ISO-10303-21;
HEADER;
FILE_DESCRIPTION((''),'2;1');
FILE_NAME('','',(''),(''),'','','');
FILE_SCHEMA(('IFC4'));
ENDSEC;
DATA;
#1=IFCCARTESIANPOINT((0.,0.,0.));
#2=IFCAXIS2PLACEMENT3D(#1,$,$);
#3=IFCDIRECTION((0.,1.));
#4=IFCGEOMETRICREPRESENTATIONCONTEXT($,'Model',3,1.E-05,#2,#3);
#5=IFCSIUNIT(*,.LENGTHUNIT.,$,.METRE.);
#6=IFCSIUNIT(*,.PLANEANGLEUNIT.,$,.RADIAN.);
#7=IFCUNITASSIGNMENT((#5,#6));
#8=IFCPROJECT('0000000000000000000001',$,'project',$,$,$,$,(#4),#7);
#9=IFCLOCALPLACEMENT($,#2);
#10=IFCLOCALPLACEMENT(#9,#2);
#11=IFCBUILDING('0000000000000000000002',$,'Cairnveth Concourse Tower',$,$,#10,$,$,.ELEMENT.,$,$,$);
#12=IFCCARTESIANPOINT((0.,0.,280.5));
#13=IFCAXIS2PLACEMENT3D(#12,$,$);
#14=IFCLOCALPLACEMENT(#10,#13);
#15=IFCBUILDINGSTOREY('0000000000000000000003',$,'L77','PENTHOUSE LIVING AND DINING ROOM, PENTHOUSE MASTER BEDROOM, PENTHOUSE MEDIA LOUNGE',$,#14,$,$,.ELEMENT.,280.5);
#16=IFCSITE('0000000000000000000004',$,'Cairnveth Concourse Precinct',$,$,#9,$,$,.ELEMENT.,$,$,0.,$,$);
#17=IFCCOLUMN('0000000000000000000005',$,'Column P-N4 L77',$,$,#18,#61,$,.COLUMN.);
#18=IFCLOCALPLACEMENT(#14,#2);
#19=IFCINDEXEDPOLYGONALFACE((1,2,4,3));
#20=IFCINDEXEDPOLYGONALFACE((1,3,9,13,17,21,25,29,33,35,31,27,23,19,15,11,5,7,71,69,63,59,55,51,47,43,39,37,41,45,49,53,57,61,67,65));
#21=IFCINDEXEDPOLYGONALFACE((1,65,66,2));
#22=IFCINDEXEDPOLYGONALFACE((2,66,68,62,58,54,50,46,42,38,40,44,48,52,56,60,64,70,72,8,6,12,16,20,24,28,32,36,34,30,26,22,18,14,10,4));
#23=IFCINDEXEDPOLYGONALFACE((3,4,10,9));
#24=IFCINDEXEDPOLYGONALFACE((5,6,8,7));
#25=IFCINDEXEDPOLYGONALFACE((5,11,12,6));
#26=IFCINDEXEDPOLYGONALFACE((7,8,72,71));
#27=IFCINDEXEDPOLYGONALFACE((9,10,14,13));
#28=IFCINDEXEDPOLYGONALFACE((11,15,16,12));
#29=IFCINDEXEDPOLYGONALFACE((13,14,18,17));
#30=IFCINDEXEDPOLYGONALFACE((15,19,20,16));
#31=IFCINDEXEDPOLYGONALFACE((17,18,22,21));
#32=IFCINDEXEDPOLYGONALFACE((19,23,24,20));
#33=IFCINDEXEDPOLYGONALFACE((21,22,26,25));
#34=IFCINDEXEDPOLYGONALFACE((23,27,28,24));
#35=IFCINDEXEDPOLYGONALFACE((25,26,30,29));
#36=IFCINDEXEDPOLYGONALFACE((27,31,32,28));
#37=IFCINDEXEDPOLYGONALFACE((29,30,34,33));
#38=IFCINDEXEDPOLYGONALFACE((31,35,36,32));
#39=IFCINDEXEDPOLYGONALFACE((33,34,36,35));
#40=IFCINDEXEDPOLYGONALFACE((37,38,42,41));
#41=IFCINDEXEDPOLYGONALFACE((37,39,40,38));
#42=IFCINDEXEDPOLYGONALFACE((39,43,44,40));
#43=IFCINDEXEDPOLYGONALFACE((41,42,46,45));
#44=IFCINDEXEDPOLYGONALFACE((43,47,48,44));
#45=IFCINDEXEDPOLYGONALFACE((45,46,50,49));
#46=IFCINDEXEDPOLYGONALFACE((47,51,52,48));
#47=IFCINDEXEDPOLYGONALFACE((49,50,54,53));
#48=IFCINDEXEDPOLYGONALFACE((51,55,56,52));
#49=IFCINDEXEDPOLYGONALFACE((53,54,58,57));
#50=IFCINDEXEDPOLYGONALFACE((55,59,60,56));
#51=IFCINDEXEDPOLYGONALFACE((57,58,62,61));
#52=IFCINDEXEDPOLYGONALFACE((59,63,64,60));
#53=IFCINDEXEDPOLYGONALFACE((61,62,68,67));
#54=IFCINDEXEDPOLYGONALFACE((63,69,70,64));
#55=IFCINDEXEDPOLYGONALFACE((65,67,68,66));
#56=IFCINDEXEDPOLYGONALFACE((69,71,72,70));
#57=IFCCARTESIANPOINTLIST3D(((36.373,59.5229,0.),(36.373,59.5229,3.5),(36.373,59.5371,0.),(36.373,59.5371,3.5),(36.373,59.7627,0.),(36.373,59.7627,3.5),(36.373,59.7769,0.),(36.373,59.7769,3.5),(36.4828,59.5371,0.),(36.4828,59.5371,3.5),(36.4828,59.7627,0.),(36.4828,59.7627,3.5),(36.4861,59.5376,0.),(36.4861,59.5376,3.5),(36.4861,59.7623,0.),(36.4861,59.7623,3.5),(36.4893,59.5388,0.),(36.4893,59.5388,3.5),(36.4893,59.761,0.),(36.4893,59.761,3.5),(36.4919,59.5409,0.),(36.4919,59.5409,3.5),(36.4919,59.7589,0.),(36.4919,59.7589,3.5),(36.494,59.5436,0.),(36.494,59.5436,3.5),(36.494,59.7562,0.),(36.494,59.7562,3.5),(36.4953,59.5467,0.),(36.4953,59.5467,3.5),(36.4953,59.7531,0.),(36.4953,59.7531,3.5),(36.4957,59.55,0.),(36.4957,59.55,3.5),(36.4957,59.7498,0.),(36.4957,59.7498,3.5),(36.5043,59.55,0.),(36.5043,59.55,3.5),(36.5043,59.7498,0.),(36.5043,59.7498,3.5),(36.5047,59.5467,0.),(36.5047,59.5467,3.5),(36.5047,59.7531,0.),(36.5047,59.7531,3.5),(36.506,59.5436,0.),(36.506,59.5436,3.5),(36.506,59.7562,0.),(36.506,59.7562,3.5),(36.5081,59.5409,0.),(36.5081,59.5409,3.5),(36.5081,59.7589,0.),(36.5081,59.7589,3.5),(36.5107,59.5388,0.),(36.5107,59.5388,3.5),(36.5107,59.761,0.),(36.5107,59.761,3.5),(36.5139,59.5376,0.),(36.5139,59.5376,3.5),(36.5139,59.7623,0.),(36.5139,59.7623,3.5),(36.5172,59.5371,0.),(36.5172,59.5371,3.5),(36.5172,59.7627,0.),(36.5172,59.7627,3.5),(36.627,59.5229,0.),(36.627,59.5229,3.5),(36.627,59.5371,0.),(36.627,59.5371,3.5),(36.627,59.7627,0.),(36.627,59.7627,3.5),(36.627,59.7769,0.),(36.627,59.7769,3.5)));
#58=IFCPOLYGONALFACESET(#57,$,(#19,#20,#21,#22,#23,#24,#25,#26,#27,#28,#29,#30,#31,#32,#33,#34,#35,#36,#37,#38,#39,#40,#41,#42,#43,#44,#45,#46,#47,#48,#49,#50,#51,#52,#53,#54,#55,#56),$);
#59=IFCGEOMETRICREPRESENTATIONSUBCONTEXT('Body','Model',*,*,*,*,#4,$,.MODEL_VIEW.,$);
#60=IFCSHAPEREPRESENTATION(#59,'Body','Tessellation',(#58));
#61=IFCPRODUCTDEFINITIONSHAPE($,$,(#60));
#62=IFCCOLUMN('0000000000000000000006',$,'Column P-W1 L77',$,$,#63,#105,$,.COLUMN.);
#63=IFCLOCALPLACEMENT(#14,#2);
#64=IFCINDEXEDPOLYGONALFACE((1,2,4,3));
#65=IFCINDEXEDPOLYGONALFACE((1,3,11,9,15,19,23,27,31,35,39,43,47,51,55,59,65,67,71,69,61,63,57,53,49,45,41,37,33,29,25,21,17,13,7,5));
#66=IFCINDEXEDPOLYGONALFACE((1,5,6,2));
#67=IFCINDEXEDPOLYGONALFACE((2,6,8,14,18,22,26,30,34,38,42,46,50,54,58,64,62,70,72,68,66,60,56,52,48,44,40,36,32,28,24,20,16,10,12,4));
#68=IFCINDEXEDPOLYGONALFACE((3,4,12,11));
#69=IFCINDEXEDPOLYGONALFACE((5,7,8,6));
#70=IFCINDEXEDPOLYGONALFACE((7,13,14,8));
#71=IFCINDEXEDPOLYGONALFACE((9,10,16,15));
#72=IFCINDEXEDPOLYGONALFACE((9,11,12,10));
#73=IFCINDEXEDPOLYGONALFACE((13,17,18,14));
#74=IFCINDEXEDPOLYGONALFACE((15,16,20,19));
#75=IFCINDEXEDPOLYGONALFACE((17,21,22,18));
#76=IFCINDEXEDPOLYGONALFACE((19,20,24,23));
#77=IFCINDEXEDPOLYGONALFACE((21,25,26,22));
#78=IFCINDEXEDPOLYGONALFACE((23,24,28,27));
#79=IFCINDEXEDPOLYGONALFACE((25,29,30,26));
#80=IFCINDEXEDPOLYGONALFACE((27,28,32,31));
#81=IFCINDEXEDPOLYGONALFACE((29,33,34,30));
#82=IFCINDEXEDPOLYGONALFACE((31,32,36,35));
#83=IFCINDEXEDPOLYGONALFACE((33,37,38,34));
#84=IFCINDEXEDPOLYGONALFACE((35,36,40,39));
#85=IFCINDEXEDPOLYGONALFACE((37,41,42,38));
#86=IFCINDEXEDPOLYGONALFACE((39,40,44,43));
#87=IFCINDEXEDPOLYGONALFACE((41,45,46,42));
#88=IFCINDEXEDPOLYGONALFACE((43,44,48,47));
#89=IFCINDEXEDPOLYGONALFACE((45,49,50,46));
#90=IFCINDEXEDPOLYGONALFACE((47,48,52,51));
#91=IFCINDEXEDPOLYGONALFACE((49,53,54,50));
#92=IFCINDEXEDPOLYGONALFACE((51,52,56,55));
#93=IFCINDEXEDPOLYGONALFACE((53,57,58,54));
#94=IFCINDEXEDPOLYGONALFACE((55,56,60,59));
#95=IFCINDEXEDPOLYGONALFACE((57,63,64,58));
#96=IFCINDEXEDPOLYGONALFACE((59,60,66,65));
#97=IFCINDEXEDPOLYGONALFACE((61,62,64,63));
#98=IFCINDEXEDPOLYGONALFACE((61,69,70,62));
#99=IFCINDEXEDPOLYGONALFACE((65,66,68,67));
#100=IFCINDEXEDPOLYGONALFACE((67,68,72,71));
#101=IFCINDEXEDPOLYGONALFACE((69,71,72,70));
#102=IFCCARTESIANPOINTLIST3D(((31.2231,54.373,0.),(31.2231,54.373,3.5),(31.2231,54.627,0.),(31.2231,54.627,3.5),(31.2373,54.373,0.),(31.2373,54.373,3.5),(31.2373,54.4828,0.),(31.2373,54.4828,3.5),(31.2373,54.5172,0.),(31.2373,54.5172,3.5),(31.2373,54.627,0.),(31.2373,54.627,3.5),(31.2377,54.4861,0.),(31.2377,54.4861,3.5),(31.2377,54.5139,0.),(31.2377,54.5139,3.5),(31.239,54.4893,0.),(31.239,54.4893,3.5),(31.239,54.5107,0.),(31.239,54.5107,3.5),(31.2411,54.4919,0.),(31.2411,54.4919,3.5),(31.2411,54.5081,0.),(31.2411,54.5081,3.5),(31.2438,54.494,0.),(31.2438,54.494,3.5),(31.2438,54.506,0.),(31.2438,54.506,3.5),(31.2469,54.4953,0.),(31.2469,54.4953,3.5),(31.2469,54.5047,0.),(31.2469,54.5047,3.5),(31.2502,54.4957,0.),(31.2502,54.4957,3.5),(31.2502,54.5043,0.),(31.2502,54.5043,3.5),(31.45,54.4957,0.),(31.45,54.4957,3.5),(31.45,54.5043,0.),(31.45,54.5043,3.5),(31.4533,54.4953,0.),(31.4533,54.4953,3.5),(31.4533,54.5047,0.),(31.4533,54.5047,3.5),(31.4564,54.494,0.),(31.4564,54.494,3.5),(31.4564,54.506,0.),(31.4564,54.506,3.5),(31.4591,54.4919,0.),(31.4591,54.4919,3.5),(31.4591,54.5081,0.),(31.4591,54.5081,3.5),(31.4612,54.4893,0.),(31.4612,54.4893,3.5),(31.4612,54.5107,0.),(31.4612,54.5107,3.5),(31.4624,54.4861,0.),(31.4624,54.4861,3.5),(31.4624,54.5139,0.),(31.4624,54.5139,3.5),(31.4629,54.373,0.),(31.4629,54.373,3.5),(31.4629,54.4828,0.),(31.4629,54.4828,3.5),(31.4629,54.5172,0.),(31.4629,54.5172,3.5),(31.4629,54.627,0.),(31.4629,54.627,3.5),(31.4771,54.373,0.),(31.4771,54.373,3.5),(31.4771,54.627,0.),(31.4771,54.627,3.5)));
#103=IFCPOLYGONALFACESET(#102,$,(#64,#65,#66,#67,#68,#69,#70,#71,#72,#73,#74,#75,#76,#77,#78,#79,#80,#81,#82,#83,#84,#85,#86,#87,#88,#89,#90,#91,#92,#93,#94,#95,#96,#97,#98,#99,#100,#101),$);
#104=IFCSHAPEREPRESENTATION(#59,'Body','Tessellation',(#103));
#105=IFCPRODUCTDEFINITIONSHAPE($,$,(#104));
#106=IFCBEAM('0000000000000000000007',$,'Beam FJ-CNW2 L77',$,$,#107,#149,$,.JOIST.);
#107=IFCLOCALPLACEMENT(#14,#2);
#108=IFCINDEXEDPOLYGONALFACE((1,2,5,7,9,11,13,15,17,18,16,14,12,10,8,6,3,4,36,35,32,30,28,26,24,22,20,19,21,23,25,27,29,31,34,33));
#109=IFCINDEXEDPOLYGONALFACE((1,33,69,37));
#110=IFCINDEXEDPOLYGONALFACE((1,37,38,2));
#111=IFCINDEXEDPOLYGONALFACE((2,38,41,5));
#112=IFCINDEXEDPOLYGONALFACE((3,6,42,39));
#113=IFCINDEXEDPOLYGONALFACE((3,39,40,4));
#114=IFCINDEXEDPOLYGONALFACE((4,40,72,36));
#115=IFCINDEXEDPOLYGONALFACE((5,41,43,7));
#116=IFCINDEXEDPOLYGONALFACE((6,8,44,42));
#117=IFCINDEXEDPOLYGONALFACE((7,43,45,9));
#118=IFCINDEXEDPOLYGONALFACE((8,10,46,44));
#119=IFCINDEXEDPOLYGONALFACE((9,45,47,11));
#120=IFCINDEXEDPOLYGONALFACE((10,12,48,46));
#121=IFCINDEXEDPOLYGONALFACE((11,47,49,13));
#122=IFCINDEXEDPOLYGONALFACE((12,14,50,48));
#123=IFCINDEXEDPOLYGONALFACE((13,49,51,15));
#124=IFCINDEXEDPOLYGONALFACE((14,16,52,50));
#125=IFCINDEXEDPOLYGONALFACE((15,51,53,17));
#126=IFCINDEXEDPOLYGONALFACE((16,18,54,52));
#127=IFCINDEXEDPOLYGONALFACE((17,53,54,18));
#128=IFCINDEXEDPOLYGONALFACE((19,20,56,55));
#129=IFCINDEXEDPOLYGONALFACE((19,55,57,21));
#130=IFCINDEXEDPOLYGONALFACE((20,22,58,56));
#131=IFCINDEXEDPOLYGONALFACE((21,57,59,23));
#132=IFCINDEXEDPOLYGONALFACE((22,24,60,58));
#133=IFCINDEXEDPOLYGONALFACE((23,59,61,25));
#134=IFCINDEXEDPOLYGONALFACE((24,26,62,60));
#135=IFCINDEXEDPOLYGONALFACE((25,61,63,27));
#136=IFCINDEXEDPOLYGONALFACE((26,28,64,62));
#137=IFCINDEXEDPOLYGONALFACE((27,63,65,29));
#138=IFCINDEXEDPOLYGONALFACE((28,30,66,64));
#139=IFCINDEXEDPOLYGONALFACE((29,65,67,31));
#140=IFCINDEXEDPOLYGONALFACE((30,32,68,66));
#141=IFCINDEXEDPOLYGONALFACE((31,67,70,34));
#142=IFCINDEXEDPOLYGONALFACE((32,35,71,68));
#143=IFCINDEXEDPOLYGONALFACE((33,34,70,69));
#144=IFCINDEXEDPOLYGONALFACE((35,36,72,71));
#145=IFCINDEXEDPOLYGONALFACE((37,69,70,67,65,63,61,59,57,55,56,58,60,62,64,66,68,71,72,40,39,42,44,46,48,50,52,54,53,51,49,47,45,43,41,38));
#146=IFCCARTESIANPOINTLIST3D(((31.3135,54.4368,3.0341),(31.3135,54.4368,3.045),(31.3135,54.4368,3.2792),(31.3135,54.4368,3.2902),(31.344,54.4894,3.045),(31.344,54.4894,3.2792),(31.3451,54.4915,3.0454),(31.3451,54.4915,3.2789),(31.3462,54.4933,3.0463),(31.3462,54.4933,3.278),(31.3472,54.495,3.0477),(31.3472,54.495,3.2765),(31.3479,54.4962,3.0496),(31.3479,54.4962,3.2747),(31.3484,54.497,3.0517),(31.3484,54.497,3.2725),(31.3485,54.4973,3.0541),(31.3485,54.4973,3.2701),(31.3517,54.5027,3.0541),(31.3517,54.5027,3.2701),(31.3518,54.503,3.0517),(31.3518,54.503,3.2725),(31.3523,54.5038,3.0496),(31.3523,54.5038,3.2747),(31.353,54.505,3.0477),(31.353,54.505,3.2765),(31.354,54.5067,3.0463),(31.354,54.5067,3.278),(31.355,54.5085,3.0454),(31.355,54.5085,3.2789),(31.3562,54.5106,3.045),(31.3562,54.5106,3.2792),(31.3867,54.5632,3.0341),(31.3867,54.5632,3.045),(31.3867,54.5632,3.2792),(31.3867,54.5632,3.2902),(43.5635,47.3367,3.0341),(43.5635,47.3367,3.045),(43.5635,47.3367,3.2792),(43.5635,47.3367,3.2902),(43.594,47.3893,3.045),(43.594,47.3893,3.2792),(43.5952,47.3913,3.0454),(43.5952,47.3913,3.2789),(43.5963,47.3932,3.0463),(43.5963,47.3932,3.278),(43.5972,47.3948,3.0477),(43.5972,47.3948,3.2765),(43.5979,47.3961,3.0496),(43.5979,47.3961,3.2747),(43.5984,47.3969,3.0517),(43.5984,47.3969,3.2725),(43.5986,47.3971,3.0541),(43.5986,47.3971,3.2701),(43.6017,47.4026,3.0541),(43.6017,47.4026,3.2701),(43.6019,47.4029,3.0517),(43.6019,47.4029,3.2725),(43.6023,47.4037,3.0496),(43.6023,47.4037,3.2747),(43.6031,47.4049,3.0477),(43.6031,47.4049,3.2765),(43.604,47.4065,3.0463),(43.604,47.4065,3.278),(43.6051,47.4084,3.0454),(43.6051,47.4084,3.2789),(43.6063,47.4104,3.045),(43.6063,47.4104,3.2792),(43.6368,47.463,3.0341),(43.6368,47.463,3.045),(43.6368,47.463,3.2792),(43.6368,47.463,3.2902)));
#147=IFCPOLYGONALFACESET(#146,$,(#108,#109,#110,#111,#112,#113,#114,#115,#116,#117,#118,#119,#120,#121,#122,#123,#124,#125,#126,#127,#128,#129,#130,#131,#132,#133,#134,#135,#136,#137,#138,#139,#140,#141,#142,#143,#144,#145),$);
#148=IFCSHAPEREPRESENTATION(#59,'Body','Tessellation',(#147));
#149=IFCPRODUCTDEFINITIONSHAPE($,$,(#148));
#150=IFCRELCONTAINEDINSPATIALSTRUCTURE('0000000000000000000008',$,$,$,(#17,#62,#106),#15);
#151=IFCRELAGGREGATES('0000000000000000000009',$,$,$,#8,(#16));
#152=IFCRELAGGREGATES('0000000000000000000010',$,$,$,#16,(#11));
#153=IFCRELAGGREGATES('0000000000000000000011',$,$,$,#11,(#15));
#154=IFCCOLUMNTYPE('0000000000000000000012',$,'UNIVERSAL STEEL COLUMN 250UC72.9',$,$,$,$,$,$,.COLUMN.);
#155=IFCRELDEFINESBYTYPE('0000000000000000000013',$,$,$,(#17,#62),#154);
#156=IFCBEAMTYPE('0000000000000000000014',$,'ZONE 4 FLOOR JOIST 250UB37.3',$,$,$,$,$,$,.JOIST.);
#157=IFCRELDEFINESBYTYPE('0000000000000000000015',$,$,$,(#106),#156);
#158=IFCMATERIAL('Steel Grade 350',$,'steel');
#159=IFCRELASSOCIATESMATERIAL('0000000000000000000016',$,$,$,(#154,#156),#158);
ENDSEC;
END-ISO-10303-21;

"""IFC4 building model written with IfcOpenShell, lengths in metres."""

from ifc_helpers import new_model, si_unit, direction, frame, origin, origin_2d, place, context, subcontext, project, spatial, i_section, extrude, material, material_profile, profile_set, type_object, element, save


model = new_model("IFC4")

# Units and contexts
model_context = context("Model", 3, precision=1e-05, world=origin(), true_north=direction((0.0, 1.0)))
body_context = subcontext(model_context, "Body", "Model", "MODEL_VIEW")
ifc_project = project(units=[si_unit("LENGTHUNIT", "METRE"), si_unit("PLANEANGLEUNIT", "RADIAN")], contexts=[model_context])

# Site, building, storey
site_placement = place(None, origin())
site = spatial("IfcSite", under=ifc_project, at=site_placement, Name="Cairnveth Concourse Precinct", CompositionType="ELEMENT", RefElevation=0.0)
building_placement = place(site_placement, origin())
building = spatial("IfcBuilding", under=site, at=building_placement, Name="Cairnveth Concourse Tower", CompositionType="ELEMENT")
storey_placement = place(building_placement, frame((0.0, 0.0, 280.5)))
storey = spatial("IfcBuildingStorey", under=building, at=storey_placement, Name="L77", Description="PENTHOUSE LIVING AND DINING ROOM, PENTHOUSE MASTER BEDROOM, PENTHOUSE MEDIA LOUNGE", CompositionType="ELEMENT", Elevation=280.5)

# Columns
ifc_material_1 = material(Name="Steel Grade 350", Category="steel")
ifc_material_profile_1 = material_profile(ifc_material_1, i_section(OverallWidth=0.2539, OverallDepth=0.2539, WebThickness=0.0085, FlangeThickness=0.0142, FilletRadius=0.0129, at=origin_2d()), Name="250UC72.9")
ifc_profile_set_1 = profile_set([ifc_material_profile_1], Name="Steel Grade 350")
column_type = type_object("IfcColumnType", Name="UNIVERSAL STEEL COLUMN 250UC72.9", PredefinedType="COLUMN", material=ifc_profile_set_1)
for number, where, z_axis, x_axis, name in (
    (1, (36.5, 59.6499, 0.0), (0.0, 0.0, 1.0), (1.0, 0.0, 0.0), "Column P-N4 L77"),
    (2, (31.3501, 54.5, 0.0), (0.0, 0.0, 1.0), (0.0, 1.0, 0.0), "Column P-W1 L77"),
):
    element("IfcColumn", number, at=place(storey_placement, frame(where, z_axis=z_axis, x_axis=x_axis)), inside=storey, type_object=column_type, Name=name, PredefinedType="COLUMN", context=body_context, shape_type="SweptSolid", body=[
        extrude(i_section(OverallWidth=0.2539, OverallDepth=0.2539, WebThickness=0.0085, FlangeThickness=0.0142, FilletRadius=0.0129, at=origin_2d()), origin(), (0.0, 0.0, 1.0), 3.5),
    ])

# Beam
ifc_material_profile_2 = material_profile(ifc_material_1, i_section(OverallWidth=0.146, OverallDepth=0.2561, WebThickness=0.0063, FlangeThickness=0.011, FilletRadius=0.009, at=origin_2d()), Name="250UB37.3")
ifc_profile_set_2 = profile_set([ifc_material_profile_2], Name="Steel Grade 350")
beam_type_1 = type_object("IfcBeamType", Name="ZONE 4 FLOOR JOIST 250UB37.3", PredefinedType="JOIST", material=ifc_profile_set_2)
beam_1_placement = place(storey_placement, frame((31.3501, 54.5, 3.1621), z_axis=(0.865181, -0.501459, 0.0), x_axis=(0.501459, 0.865181, 0.0)))
element("IfcBeam", 3, at=beam_1_placement, inside=storey, type_object=beam_type_1, Name="Beam FJ-CNW2 L77", PredefinedType="JOIST", context=body_context, shape_type="SweptSolid", body=[
    extrude(i_section(OverallWidth=0.146, OverallDepth=0.2561, WebThickness=0.0063, FlangeThickness=0.011, FilletRadius=0.009, at=origin_2d()), origin(), (0.0, 0.0, 1.0), 14.1589),
])

save(model, "model.ifc")
